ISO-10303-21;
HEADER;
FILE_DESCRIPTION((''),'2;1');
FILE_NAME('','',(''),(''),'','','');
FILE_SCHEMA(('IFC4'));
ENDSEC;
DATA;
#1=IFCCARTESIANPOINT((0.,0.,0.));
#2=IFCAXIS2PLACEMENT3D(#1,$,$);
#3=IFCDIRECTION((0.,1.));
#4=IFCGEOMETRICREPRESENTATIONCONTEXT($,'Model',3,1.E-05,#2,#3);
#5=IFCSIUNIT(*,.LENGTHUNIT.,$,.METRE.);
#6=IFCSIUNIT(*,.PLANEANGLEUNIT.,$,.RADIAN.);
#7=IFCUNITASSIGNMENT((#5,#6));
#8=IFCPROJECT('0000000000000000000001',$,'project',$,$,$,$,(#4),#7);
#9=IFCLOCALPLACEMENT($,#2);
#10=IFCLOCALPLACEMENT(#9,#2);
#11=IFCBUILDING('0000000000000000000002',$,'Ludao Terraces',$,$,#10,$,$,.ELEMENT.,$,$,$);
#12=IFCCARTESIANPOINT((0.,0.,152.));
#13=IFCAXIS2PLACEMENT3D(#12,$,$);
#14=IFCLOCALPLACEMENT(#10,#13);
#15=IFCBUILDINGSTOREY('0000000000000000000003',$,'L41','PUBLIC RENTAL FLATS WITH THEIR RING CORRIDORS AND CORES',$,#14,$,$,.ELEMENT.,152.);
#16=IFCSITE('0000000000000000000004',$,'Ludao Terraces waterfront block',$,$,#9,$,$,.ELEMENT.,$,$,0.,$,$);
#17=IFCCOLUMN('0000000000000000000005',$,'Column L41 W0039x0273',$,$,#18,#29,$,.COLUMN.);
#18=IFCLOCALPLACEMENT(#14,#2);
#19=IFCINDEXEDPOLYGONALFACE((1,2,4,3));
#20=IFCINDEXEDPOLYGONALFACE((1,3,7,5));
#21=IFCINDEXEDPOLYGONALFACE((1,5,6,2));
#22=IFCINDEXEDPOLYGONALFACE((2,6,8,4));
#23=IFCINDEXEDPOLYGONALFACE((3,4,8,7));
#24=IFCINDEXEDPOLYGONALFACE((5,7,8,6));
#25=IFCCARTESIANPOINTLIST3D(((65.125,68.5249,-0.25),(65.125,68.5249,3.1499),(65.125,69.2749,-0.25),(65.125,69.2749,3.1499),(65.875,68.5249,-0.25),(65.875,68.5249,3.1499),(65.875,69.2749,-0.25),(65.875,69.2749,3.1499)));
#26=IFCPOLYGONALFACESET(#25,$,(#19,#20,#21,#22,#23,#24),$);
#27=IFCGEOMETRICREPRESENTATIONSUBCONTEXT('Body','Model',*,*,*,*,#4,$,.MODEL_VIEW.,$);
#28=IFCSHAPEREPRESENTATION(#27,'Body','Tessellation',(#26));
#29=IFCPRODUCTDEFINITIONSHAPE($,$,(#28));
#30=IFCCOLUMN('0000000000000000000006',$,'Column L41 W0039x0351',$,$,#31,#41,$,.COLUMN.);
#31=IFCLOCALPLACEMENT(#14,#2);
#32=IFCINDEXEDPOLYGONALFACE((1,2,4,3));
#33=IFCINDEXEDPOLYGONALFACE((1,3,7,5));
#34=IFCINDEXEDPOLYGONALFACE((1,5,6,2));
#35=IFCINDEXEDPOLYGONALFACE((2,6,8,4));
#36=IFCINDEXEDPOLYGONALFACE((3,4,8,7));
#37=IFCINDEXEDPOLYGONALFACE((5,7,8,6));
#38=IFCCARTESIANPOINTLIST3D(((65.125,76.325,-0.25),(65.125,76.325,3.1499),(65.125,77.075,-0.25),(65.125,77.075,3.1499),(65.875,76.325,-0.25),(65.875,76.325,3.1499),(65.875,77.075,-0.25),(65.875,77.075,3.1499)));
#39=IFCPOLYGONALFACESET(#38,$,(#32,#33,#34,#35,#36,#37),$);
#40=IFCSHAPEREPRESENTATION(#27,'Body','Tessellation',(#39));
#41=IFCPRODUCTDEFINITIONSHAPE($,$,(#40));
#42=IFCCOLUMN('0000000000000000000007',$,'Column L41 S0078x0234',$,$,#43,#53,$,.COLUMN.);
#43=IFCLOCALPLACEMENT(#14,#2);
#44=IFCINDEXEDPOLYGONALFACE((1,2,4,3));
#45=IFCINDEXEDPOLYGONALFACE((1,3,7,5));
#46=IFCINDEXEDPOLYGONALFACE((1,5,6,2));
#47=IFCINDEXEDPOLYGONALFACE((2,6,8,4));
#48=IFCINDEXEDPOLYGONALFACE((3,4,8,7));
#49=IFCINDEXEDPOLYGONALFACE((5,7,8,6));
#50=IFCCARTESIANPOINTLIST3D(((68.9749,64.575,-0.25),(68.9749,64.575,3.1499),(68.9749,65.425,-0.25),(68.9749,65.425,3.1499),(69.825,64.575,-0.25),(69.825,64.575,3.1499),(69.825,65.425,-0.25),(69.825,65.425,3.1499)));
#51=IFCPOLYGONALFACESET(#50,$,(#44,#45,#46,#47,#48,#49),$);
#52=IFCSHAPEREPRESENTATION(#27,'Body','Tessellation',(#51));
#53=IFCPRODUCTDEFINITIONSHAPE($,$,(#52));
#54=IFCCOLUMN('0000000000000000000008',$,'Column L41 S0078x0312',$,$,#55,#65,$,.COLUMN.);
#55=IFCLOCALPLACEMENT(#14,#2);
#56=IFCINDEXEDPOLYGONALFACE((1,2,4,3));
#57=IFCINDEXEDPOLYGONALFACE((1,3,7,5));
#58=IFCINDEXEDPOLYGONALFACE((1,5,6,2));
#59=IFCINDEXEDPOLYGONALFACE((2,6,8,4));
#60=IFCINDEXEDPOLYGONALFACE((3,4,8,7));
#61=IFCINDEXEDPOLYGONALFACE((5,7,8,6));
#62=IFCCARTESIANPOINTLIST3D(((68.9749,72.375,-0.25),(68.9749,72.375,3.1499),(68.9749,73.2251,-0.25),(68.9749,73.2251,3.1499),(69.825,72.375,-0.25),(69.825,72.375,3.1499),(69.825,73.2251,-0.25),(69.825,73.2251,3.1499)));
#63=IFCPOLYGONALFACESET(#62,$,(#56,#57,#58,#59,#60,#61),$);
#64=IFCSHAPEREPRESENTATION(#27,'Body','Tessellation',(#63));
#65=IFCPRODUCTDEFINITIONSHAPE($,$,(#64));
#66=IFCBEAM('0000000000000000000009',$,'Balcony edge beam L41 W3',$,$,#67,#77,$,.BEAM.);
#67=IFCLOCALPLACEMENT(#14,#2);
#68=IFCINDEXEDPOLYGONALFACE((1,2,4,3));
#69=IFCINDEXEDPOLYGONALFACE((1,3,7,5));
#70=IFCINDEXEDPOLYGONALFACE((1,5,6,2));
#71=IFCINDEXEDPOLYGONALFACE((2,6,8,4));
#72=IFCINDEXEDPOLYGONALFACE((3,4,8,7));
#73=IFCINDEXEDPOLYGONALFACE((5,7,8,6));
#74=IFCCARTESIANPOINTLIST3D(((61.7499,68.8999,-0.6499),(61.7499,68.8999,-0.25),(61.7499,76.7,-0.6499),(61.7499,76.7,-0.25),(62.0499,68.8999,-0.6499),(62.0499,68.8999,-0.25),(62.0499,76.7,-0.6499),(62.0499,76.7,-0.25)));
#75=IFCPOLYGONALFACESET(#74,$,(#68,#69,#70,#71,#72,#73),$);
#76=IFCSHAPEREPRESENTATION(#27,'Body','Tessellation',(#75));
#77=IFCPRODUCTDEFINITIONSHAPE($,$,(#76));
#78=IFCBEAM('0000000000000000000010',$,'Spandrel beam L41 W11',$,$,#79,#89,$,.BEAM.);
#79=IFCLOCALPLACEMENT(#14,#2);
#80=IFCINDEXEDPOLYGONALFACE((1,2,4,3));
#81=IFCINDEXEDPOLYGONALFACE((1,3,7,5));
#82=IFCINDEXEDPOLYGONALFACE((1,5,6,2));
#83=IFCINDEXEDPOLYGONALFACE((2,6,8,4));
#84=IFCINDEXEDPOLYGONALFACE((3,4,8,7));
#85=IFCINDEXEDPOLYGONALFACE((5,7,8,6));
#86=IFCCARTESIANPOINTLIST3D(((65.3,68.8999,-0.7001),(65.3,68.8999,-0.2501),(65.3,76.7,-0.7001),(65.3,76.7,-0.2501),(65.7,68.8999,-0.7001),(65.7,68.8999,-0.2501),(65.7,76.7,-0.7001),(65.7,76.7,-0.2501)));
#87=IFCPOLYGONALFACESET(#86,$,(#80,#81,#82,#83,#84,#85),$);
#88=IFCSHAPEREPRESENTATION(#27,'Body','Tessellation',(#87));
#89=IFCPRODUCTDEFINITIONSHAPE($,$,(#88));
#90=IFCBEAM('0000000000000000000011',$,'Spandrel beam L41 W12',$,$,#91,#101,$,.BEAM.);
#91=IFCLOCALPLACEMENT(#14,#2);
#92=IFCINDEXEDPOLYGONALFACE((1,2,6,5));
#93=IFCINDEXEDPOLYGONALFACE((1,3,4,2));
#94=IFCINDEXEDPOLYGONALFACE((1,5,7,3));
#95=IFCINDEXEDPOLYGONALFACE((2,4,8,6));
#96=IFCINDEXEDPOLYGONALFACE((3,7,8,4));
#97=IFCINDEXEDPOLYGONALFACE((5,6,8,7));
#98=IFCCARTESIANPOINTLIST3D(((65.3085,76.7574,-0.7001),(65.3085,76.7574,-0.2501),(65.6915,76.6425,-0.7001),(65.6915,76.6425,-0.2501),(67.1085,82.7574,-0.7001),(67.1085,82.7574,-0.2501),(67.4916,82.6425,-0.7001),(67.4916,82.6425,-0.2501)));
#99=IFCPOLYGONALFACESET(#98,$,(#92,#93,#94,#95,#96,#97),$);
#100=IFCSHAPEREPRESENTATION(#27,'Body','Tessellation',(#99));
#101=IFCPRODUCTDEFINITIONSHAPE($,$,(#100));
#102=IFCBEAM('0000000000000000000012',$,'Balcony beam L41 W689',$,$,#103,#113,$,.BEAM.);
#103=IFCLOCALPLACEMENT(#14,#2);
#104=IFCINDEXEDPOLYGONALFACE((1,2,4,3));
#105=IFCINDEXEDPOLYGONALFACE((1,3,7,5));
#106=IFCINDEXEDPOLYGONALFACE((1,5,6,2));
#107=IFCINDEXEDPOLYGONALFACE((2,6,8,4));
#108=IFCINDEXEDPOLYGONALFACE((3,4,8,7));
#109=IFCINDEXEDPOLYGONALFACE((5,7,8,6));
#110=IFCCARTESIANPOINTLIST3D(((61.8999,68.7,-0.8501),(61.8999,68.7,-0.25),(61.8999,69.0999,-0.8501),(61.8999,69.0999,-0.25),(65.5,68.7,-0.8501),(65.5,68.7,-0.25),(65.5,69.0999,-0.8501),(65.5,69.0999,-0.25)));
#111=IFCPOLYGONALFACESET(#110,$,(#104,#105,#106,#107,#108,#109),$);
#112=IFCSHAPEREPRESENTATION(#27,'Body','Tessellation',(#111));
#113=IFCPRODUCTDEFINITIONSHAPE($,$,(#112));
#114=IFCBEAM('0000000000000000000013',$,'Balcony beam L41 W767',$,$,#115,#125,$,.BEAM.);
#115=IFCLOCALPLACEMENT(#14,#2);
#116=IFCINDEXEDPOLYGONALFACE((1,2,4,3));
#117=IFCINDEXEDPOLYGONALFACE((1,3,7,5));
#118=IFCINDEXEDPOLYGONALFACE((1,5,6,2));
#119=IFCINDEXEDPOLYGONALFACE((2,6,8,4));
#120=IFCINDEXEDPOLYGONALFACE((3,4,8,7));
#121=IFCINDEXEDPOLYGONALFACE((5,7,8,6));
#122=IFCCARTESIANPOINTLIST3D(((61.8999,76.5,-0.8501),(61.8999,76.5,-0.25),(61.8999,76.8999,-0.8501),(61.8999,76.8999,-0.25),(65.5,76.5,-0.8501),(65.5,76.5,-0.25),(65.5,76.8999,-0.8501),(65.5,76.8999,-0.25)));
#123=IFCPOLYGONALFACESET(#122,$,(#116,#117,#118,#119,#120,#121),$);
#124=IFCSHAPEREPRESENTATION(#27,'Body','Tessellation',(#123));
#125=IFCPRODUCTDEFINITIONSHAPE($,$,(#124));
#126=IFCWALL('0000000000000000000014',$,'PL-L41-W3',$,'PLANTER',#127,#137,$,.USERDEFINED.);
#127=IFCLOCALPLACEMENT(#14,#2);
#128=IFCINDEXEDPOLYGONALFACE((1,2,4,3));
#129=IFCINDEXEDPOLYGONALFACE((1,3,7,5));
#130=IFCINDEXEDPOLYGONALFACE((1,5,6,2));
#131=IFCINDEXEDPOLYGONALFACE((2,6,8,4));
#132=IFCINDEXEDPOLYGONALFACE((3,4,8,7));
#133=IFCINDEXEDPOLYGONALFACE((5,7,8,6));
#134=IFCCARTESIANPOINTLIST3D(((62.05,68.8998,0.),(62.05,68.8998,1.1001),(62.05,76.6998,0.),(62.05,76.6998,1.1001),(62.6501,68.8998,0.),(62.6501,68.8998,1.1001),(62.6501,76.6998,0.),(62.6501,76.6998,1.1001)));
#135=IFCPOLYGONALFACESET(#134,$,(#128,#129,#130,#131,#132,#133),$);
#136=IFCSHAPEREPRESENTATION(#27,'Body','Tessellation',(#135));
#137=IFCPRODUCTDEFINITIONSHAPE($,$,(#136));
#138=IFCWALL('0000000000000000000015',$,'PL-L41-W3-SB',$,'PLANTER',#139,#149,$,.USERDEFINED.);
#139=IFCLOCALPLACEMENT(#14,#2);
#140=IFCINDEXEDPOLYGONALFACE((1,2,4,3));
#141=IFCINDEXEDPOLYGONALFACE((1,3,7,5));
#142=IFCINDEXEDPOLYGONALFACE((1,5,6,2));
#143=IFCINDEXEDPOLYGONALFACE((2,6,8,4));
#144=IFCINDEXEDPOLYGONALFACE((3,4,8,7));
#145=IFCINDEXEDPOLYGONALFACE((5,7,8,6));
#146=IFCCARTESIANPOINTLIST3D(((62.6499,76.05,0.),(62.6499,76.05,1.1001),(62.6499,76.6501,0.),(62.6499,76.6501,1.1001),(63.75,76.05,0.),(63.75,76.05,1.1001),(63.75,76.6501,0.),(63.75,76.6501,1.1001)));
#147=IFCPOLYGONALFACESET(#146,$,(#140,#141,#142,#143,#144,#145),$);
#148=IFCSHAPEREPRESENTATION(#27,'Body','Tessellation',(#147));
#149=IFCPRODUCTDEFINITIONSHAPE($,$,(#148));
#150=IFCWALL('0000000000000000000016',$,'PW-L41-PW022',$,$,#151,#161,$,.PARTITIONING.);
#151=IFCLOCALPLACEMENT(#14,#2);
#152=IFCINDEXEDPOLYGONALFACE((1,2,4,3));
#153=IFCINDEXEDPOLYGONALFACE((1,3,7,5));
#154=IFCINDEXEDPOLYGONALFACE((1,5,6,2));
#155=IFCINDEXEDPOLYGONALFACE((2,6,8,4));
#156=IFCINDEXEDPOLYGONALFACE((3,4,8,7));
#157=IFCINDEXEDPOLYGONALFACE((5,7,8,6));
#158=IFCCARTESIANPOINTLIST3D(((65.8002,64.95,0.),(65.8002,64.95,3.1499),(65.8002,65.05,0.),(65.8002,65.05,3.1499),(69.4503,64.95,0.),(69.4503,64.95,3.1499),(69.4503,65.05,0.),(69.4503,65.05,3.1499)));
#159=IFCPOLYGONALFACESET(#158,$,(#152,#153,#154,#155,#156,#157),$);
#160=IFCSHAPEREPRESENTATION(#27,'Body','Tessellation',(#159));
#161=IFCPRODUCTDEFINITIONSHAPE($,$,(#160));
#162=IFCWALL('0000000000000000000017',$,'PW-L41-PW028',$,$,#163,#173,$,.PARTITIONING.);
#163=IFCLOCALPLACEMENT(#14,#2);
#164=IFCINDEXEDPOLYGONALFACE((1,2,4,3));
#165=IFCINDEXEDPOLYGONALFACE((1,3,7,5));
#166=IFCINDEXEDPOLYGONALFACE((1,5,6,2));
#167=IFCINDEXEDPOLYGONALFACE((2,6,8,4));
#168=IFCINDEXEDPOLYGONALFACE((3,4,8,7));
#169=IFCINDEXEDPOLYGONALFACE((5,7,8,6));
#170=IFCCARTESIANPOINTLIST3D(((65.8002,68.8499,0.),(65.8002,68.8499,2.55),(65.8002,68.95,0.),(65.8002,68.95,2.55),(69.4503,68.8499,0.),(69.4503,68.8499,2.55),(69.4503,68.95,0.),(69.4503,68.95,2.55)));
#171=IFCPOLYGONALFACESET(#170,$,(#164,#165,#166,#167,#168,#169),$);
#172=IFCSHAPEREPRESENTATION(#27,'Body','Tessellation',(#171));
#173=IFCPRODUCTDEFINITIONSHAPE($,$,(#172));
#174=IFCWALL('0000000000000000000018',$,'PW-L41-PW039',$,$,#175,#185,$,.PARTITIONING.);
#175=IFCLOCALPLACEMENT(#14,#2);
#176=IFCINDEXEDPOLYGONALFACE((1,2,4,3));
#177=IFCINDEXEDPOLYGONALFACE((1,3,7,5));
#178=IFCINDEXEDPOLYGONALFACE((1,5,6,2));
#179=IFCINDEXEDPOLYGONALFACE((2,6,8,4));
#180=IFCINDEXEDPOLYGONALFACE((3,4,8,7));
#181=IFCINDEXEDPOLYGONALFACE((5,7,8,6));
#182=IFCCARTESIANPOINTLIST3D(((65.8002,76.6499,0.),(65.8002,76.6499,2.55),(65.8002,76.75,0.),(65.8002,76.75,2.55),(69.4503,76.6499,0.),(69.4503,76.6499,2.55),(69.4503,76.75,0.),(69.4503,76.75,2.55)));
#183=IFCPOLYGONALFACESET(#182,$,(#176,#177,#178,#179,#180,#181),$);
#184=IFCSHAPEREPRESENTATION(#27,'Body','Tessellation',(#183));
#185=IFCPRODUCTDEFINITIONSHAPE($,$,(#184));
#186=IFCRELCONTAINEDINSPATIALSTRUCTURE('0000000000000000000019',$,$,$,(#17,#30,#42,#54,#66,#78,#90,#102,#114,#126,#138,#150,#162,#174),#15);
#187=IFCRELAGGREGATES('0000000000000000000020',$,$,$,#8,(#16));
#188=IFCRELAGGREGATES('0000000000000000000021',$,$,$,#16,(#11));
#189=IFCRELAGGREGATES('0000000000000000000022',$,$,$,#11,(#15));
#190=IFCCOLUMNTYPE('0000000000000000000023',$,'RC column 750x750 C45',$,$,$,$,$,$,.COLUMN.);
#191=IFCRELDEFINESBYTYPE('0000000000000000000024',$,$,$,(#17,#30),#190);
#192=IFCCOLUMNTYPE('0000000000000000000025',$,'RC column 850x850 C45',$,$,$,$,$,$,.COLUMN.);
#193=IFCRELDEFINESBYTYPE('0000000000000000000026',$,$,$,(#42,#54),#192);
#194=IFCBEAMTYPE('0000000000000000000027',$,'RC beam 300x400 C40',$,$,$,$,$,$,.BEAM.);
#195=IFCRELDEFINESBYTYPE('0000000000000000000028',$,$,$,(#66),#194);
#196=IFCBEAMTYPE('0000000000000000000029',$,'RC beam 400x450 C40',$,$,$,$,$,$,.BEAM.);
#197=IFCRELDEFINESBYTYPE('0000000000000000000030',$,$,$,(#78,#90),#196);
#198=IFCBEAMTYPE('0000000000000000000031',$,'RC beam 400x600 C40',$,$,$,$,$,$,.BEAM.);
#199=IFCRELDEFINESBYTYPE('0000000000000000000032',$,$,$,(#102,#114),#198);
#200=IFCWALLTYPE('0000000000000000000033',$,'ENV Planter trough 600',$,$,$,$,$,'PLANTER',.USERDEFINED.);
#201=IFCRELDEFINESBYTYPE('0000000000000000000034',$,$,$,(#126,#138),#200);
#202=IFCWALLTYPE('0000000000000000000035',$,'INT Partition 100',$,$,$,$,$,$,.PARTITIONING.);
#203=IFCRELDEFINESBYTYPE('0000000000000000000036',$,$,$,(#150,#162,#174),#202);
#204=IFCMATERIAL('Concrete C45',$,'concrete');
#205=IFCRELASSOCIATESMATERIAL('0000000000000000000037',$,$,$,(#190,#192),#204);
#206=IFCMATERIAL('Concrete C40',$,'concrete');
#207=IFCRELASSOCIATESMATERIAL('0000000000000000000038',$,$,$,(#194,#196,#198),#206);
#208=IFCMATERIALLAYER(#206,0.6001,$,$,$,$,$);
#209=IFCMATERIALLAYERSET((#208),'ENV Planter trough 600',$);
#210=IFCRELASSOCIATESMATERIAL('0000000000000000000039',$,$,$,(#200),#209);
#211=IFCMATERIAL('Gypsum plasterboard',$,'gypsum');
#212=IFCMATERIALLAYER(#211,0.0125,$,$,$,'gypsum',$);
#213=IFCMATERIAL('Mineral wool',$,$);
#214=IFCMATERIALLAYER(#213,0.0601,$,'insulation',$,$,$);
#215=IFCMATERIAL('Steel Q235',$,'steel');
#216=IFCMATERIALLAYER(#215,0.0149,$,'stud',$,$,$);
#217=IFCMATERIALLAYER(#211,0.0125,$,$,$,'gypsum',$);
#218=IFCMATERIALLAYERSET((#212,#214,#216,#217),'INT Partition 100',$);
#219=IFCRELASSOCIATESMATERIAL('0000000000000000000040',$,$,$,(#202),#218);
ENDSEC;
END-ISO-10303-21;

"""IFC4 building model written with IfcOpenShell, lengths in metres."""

from ifc_helpers import new_model, si_unit, direction, frame, frame_2d, origin, origin_2d, place, context, subcontext, project, spatial, rectangle, extrude, material, layer, layer_set, material_profile, profile_set, type_object, element, save


model = new_model("IFC4")

# Units and contexts
model_context = context("Model", 3, precision=1e-05, world=origin(), true_north=direction((0.0, 1.0)))
body_context = subcontext(model_context, "Body", "Model", "MODEL_VIEW")
ifc_project = project(units=[si_unit("LENGTHUNIT", "METRE"), si_unit("PLANEANGLEUNIT", "RADIAN")], contexts=[model_context])

# Site, building, storey
site_placement = place(None, origin())
site = spatial("IfcSite", under=ifc_project, at=site_placement, Name="Ludao Terraces waterfront block", CompositionType="ELEMENT", RefElevation=0.0)
building_placement = place(site_placement, origin())
building = spatial("IfcBuilding", under=site, at=building_placement, Name="Ludao Terraces", CompositionType="ELEMENT")
storey_placement = place(building_placement, frame((0.0, 0.0, 152.0)))
storey = spatial("IfcBuildingStorey", under=building, at=storey_placement, Name="L41", Description="PUBLIC RENTAL FLATS WITH THEIR RING CORRIDORS AND CORES", CompositionType="ELEMENT", Elevation=152.0)

# Columns
ifc_material_1 = material(Name="Concrete C45", Category="concrete")
ifc_material_profile_1 = material_profile(ifc_material_1, rectangle(XDim=0.75, YDim=0.75, at=origin_2d()), Name="750 X 750")
ifc_profile_set_1 = profile_set([ifc_material_profile_1], Name="Concrete C45")
column_type_1 = type_object("IfcColumnType", Name="RC column 750x750 C45", PredefinedType="COLUMN", material=ifc_profile_set_1)
for number, where, z_axis, x_axis, name in (
    (1, (65.5, 68.8999, -0.25), (0.0, 0.0, 1.0), (1.0, 0.0, 0.0), "Column L41 W0039x0273"),
    (2, (65.5, 76.7, -0.25), (0.0, 0.0, 1.0), (1.0, 0.0, 0.0), "Column L41 W0039x0351"),
):
    element("IfcColumn", number, at=place(storey_placement, frame(where, z_axis=z_axis, x_axis=x_axis)), inside=storey, type_object=column_type_1, Name=name, PredefinedType="COLUMN", context=body_context, shape_type="SweptSolid", body=[
        extrude(rectangle(XDim=0.75, YDim=0.75, at=origin_2d()), origin(), (0.0, 0.0, 1.0), 3.3999),
    ])
ifc_material_profile_2 = material_profile(ifc_material_1, rectangle(XDim=0.8501, YDim=0.8501, at=origin_2d()), Name="850 X 850")
ifc_profile_set_2 = profile_set([ifc_material_profile_2], Name="Concrete C45")
column_type_2 = type_object("IfcColumnType", Name="RC column 850x850 C45", PredefinedType="COLUMN", material=ifc_profile_set_2)
for number, where, z_axis, x_axis, name in (
    (3, (69.3999, 65.0, -0.25), (0.0, 0.0, 1.0), (1.0, 0.0, 0.0), "Column L41 S0078x0234"),
    (4, (69.3999, 72.8, -0.25), (0.0, 0.0, 1.0), (1.0, 0.0, 0.0), "Column L41 S0078x0312"),
):
    element("IfcColumn", number, at=place(storey_placement, frame(where, z_axis=z_axis, x_axis=x_axis)), inside=storey, type_object=column_type_2, Name=name, PredefinedType="COLUMN", context=body_context, shape_type="SweptSolid", body=[
        extrude(rectangle(XDim=0.8501, YDim=0.8501, at=origin_2d()), origin(), (0.0, 0.0, 1.0), 3.3999),
    ])

# Beams
ifc_material_2 = material(Name="Concrete C40", Category="concrete")
ifc_material_profile_3 = material_profile(ifc_material_2, rectangle(XDim=0.3, YDim=0.3999, at=origin_2d()), Name="300 X 400")
ifc_profile_set_3 = profile_set([ifc_material_profile_3], Name="Concrete C40")
beam_type_1 = type_object("IfcBeamType", Name="RC beam 300x400 C40", PredefinedType="BEAM", material=ifc_profile_set_3)
beam_1_placement = place(storey_placement, frame((61.8999, 68.8999, -0.45), z_axis=(0.0, 1.0, 0.0), x_axis=(-1.0, 0.0, 0.0)))
element("IfcBeam", 5, at=beam_1_placement, inside=storey, type_object=beam_type_1, Name="Balcony edge beam L41 W3", PredefinedType="BEAM", context=body_context, shape_type="SweptSolid", body=[
    extrude(rectangle(XDim=0.3, YDim=0.3999, at=origin_2d()), origin(), (0.0, 0.0, 1.0), 7.8),
])
ifc_material_profile_4 = material_profile(ifc_material_2, rectangle(XDim=0.3999, YDim=0.45, at=origin_2d()), Name="400 X 450")
ifc_profile_set_4 = profile_set([ifc_material_profile_4], Name="Concrete C40")
beam_type_2 = type_object("IfcBeamType", Name="RC beam 400x450 C40", PredefinedType="BEAM", material=ifc_profile_set_4)
beam_2_placement = place(storey_placement, frame((65.5, 68.8999, -0.4751), z_axis=(0.0, 1.0, 0.0), x_axis=(-1.0, 0.0, 0.0)))
element("IfcBeam", 6, at=beam_2_placement, inside=storey, type_object=beam_type_2, Name="Spandrel beam L41 W11", PredefinedType="BEAM", context=body_context, shape_type="SweptSolid", body=[
    extrude(rectangle(XDim=0.3999, YDim=0.45, at=origin_2d()), origin(), (0.0, 0.0, 1.0), 7.8),
])
beam_3_placement = place(storey_placement, frame((65.5, 76.7, -0.4751), z_axis=(0.287355, 0.957824, 0.0), x_axis=(-0.957824, 0.287355, 0.0)))
element("IfcBeam", 7, at=beam_3_placement, inside=storey, type_object=beam_type_2, Name="Spandrel beam L41 W12", PredefinedType="BEAM", context=body_context, shape_type="SweptSolid", body=[
    extrude(rectangle(XDim=0.3999, YDim=0.45, at=origin_2d()), origin(), (0.0, 0.0, 1.0), 6.2642),
])
ifc_material_profile_5 = material_profile(ifc_material_2, rectangle(XDim=0.3999, YDim=0.6001, at=origin_2d()), Name="400 X 600")
ifc_profile_set_5 = profile_set([ifc_material_profile_5], Name="Concrete C40")
beam_type_3 = type_object("IfcBeamType", Name="RC beam 400x600 C40", PredefinedType="BEAM", material=ifc_profile_set_5)
for number, where, z_axis, x_axis, name in (
    (8, (65.5, 68.8999, -0.55), (-1.0, 0.0, 0.0), (0.0, -1.0, 0.0), "Balcony beam L41 W689"),
    (9, (65.5, 76.7, -0.55), (-1.0, 0.0, 0.0), (0.0, -1.0, 0.0), "Balcony beam L41 W767"),
):
    element("IfcBeam", number, at=place(storey_placement, frame(where, z_axis=z_axis, x_axis=x_axis)), inside=storey, type_object=beam_type_3, Name=name, PredefinedType="BEAM", context=body_context, shape_type="SweptSolid", body=[
        extrude(rectangle(XDim=0.3999, YDim=0.6001, at=origin_2d()), origin(), (0.0, 0.0, 1.0), 3.6001),
    ])

# Walls
ifc_layer_1 = layer(ifc_material_2, 0.6001)
ifc_layer_set_1 = layer_set([ifc_layer_1], Name="ENV Planter trough 600")
wall_type_1 = type_object("IfcWallType", Name="ENV Planter trough 600", ElementType="PLANTER", PredefinedType="USERDEFINED", material=ifc_layer_set_1)
wall_1_placement = place(storey_placement, frame((62.3501, 68.8999, 0.0), z_axis=(0.0, 0.0, 1.0), x_axis=(0.0, 1.0, 0.0)))
element("IfcWall", 10, at=wall_1_placement, inside=storey, type_object=wall_type_1, Name="PL-L41-W3", ObjectType="PLANTER", PredefinedType="USERDEFINED", context=body_context, shape_type="SweptSolid", body=[
    extrude(rectangle(XDim=7.8, YDim=0.6001, at=frame_2d((3.8999, 0.0))), origin(), (0.0, 0.0, 1.0), 1.1001),
])
wall_2_placement = place(storey_placement, frame((62.6499, 76.3501, 0.0), z_axis=(0.0, 0.0, 1.0), x_axis=(1.0, 0.0, 0.0)))
element("IfcWall", 11, at=wall_2_placement, inside=storey, type_object=wall_type_1, Name="PL-L41-W3-SB", ObjectType="PLANTER", PredefinedType="USERDEFINED", context=body_context, shape_type="SweptSolid", body=[
    extrude(rectangle(XDim=1.1001, YDim=0.6001, at=frame_2d((0.55, 0.0))), origin(), (0.0, 0.0, 1.0), 1.1001),
])

# Shared definitions
ifc_material_3 = material(Name="Mineral wool")

# Walls
ifc_material_4 = material(Name="Gypsum plasterboard", Category="gypsum")
ifc_layer_2 = layer(ifc_material_4, 0.0125, Category="gypsum")
ifc_layer_3 = layer(ifc_material_3, 0.0601, Name="insulation")
ifc_material_5 = material(Name="Steel Q235", Category="steel")
ifc_layer_4 = layer(ifc_material_5, 0.0149, Name="stud")
ifc_layer_5 = layer(ifc_material_4, 0.0125, Category="gypsum")
ifc_layer_set_2 = layer_set([ifc_layer_2, ifc_layer_3, ifc_layer_4, ifc_layer_5], Name="INT Partition 100")
wall_type_2 = type_object("IfcWallType", Name="INT Partition 100", PredefinedType="PARTITIONING", material=ifc_layer_set_2)
wall_3_placement = place(storey_placement, frame((65.8, 65.0, 0.0), z_axis=(0.0, 0.0, 1.0), x_axis=(1.0, 0.0, 0.0)))
element("IfcWall", 12, at=wall_3_placement, inside=storey, type_object=wall_type_2, Name="PW-L41-PW022", PredefinedType="PARTITIONING", context=body_context, shape_type="SweptSolid", body=[
    extrude(rectangle(XDim=3.6501, YDim=0.1001, at=frame_2d((1.8252, 0.0))), origin(), (0.0, 0.0, 1.0), 3.1499),
])
for number, where, z_axis, x_axis, name in (
    (13, (65.8, 68.8999, 0.0), (0.0, 0.0, 1.0), (1.0, 0.0, 0.0), "PW-L41-PW028"),
    (14, (65.8, 76.7, 0.0), (0.0, 0.0, 1.0), (1.0, 0.0, 0.0), "PW-L41-PW039"),
):
    element("IfcWall", number, at=place(storey_placement, frame(where, z_axis=z_axis, x_axis=x_axis)), inside=storey, type_object=wall_type_2, Name=name, PredefinedType="PARTITIONING", context=body_context, shape_type="SweptSolid", body=[
        extrude(rectangle(XDim=3.6501, YDim=0.1001, at=frame_2d((1.8252, 0.0))), origin(), (0.0, 0.0, 1.0), 2.55),
    ])

save(model, "model.ifc")
